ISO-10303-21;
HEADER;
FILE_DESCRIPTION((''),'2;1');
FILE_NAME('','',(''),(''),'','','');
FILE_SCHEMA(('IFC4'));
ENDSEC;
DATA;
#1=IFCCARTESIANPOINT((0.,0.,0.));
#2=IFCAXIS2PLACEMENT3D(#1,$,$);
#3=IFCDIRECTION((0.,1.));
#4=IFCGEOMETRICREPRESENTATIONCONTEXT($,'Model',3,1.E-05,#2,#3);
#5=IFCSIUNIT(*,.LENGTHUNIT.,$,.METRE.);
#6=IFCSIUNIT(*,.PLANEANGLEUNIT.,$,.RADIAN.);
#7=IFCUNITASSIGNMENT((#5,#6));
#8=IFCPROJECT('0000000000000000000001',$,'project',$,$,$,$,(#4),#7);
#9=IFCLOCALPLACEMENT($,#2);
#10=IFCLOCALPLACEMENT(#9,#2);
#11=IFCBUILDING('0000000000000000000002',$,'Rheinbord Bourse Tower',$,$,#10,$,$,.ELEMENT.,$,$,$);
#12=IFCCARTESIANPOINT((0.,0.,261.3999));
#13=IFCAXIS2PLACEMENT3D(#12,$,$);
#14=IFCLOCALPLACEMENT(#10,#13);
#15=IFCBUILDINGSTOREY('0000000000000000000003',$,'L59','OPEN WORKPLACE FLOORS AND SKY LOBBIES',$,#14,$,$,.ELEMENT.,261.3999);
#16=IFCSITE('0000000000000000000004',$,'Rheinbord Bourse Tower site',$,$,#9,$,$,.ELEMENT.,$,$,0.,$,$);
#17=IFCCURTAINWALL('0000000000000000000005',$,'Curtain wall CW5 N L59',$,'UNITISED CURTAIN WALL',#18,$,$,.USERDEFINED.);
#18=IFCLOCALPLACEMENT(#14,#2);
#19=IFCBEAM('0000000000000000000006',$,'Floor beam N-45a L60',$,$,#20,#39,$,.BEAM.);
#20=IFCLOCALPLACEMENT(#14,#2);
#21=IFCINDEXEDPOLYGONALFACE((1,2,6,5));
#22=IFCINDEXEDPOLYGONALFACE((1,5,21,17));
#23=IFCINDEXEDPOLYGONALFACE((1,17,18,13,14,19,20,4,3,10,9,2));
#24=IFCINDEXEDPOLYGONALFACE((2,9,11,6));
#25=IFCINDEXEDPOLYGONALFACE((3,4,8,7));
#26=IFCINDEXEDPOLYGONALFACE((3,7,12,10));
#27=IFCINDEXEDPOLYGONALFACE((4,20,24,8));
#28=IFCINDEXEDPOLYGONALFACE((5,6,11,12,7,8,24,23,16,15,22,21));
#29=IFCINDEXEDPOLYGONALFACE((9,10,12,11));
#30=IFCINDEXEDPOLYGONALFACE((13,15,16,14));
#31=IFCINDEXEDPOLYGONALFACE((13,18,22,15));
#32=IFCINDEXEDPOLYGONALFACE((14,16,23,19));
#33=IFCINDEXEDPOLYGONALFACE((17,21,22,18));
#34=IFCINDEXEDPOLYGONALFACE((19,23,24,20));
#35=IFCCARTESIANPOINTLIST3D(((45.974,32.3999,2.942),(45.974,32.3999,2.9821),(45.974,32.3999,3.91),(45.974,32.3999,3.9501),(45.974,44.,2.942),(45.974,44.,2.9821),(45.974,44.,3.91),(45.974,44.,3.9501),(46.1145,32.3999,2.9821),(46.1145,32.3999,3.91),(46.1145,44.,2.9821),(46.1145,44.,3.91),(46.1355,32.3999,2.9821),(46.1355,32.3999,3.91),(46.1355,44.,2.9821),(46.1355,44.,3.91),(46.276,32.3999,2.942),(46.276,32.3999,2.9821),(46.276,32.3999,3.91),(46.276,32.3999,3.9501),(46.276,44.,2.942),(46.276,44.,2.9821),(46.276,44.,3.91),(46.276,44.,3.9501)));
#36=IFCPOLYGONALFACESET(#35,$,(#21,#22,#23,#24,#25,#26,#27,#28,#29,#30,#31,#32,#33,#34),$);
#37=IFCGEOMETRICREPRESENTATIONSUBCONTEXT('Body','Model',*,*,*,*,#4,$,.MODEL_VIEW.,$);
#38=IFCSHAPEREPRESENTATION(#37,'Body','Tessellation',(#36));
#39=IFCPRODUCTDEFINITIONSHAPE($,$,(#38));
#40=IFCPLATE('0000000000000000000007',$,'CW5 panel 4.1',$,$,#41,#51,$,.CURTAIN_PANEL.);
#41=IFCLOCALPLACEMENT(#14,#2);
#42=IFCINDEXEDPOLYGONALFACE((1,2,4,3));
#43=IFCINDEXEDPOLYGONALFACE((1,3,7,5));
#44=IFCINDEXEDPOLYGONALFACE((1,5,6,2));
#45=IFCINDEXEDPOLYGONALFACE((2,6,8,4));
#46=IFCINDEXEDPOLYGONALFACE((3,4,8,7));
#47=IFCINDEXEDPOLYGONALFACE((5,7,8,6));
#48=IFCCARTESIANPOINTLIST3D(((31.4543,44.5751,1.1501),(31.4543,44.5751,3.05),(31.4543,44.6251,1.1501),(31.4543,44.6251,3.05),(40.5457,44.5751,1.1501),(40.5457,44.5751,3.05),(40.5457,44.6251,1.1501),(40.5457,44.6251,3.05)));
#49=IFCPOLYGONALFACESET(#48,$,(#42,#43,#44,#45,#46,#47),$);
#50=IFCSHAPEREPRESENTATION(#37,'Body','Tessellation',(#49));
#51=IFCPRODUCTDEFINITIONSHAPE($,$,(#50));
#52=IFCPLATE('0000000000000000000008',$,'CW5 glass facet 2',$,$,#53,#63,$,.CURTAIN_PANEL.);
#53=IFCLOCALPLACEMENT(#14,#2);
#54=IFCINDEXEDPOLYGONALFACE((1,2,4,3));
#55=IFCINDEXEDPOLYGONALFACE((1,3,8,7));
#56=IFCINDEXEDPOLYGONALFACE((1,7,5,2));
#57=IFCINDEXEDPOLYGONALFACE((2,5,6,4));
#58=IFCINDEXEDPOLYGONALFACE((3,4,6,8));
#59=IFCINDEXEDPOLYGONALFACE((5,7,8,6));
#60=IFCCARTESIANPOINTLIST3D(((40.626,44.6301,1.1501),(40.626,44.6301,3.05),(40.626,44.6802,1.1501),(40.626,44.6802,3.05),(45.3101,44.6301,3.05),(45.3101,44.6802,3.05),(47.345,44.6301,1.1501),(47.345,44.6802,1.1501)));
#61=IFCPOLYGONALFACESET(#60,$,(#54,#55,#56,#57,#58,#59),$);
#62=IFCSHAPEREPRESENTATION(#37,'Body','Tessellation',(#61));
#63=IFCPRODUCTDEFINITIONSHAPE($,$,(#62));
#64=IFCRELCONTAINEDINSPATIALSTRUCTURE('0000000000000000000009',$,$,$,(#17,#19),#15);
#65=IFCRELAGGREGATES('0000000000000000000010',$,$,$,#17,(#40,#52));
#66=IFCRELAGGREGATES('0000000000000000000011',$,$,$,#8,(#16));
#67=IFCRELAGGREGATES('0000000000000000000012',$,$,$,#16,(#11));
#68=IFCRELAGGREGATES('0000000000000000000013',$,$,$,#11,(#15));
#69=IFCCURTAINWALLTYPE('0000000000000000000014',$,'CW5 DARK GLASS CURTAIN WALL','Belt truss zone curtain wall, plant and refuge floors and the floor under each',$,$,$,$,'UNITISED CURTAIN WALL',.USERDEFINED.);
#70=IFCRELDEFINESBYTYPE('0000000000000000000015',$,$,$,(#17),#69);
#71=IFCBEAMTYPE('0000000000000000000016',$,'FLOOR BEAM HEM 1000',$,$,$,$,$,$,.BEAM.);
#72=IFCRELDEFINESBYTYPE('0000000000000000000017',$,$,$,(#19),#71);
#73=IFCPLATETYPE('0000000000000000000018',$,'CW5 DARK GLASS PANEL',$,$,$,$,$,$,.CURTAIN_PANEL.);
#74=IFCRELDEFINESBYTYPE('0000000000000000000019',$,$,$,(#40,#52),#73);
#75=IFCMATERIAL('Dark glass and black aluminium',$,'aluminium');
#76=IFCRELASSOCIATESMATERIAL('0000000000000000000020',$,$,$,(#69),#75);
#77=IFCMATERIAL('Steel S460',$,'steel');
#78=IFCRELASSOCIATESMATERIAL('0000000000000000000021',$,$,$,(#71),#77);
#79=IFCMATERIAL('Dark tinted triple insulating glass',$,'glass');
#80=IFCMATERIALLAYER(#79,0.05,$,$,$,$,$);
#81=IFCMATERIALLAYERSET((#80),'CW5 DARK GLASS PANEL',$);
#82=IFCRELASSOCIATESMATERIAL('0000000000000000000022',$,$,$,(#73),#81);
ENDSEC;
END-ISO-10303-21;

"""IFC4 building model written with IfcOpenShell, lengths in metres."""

from ifc_helpers import new_model, si_unit, direction, frame, origin, origin_2d, place, context, subcontext, project, spatial, polyline, rectangle, i_section, outline, extrude, material, layer, layer_set, material_profile, profile_set, type_object, element, aggregate, save


model = new_model("IFC4")

# Units and contexts
model_context = context("Model", 3, precision=1e-05, world=origin(), true_north=direction((0.0, 1.0)))
body_context = subcontext(model_context, "Body", "Model", "MODEL_VIEW")
ifc_project = project(units=[si_unit("LENGTHUNIT", "METRE"), si_unit("PLANEANGLEUNIT", "RADIAN")], contexts=[model_context])

# Site, building, storey
site_placement = place(None, origin())
site = spatial("IfcSite", under=ifc_project, at=site_placement, Name="Rheinbord Bourse Tower site", CompositionType="ELEMENT", RefElevation=0.0)
building_placement = place(site_placement, origin())
building = spatial("IfcBuilding", under=site, at=building_placement, Name="Rheinbord Bourse Tower", CompositionType="ELEMENT")
storey_placement = place(building_placement, frame((0.0, 0.0, 261.3999)))
storey = spatial("IfcBuildingStorey", under=building, at=storey_placement, Name="L59", Description="OPEN WORKPLACE FLOORS AND SKY LOBBIES", CompositionType="ELEMENT", Elevation=261.3999)

# Curtain wall
ifc_material_1 = material(Name="Dark glass and black aluminium", Category="aluminium")
curtain_wall_type = type_object("IfcCurtainWallType", Name="CW5 DARK GLASS CURTAIN WALL", Description="Belt truss zone curtain wall, plant and refuge floors and the floor under each", ElementType="UNITISED CURTAIN WALL", PredefinedType="USERDEFINED", material=ifc_material_1)
curtain_wall_placement = place(storey_placement, origin())
curtain_wall = element("IfcCurtainWall", 1, at=curtain_wall_placement, inside=storey, type_object=curtain_wall_type, Name="Curtain wall CW5 N L59", ObjectType="UNITISED CURTAIN WALL", PredefinedType="USERDEFINED")

# Beam
ifc_material_2 = material(Name="Steel S460", Category="steel")
ifc_material_profile_1 = material_profile(ifc_material_2, i_section(OverallWidth=0.302, OverallDepth=1.0081, WebThickness=0.021, FlangeThickness=0.04, at=origin_2d()), Name="HEM 1000")
ifc_profile_set_1 = profile_set([ifc_material_profile_1], Name="Steel S460")
beam_type_1 = type_object("IfcBeamType", Name="FLOOR BEAM HEM 1000", PredefinedType="BEAM", material=ifc_profile_set_1)
for number, where, z_axis, x_axis, name in (
    (2, (46.125, 44.0, 3.446), (0.0, -1.0, 0.0), (1.0, 0.0, 0.0), "Floor beam N-45a L60"),
):
    element("IfcBeam", number, at=place(storey_placement, frame(where, z_axis=z_axis, x_axis=x_axis)), inside=storey, type_object=beam_type_1, Name=name, PredefinedType="BEAM", context=body_context, shape_type="SweptSolid", body=[
        extrude(i_section(OverallWidth=0.302, OverallDepth=1.0081, WebThickness=0.021, FlangeThickness=0.04, at=origin_2d()), origin(), (0.0, 0.0, 1.0), 11.6001),
    ])

# Plates
ifc_material_3 = material(Name="Dark tinted triple insulating glass", Category="glass")
ifc_layer_1 = layer(ifc_material_3, 0.05)
ifc_layer_set_1 = layer_set([ifc_layer_1], Name="CW5 DARK GLASS PANEL")
plate_type = type_object("IfcPlateType", Name="CW5 DARK GLASS PANEL", PredefinedType="CURTAIN_PANEL", material=ifc_layer_set_1)
plate_1_placement = place(storey_placement, frame((36.0, 44.6001, 1.1501), z_axis=(0.0, 0.0, 1.0), x_axis=(-1.0, 0.0, 0.0)))
plate_1 = element("IfcPlate", 3, at=plate_1_placement, type_object=plate_type, Name="CW5 panel 4.1", PredefinedType="CURTAIN_PANEL", context=body_context, shape_type="SweptSolid", body=[
    extrude(rectangle(XDim=9.0913, YDim=0.05, at=origin_2d()), origin(), (0.0, 0.0, 1.0), 1.8999),
])
plate_2_placement = place(storey_placement, frame((40.626, 44.6802, 3.05), z_axis=(0.0, -1.0, 0.0), x_axis=(0.0, 0.0, -1.0)))
plate_2 = element("IfcPlate", 4, at=plate_2_placement, type_object=plate_type, Name="CW5 glass facet 2", PredefinedType="CURTAIN_PANEL", context=body_context, shape_type="SweptSolid", body=[
    extrude(outline(polyline([(0.0, 0.0), (1.8999, 0.0), (1.8999, 6.719), (0.0, 4.6841), (0.0, 0.0)])), origin(), (0.0, 0.0, 1.0), 0.05),
])
aggregate(curtain_wall, [plate_1, plate_2])

save(model, "model.ifc")
